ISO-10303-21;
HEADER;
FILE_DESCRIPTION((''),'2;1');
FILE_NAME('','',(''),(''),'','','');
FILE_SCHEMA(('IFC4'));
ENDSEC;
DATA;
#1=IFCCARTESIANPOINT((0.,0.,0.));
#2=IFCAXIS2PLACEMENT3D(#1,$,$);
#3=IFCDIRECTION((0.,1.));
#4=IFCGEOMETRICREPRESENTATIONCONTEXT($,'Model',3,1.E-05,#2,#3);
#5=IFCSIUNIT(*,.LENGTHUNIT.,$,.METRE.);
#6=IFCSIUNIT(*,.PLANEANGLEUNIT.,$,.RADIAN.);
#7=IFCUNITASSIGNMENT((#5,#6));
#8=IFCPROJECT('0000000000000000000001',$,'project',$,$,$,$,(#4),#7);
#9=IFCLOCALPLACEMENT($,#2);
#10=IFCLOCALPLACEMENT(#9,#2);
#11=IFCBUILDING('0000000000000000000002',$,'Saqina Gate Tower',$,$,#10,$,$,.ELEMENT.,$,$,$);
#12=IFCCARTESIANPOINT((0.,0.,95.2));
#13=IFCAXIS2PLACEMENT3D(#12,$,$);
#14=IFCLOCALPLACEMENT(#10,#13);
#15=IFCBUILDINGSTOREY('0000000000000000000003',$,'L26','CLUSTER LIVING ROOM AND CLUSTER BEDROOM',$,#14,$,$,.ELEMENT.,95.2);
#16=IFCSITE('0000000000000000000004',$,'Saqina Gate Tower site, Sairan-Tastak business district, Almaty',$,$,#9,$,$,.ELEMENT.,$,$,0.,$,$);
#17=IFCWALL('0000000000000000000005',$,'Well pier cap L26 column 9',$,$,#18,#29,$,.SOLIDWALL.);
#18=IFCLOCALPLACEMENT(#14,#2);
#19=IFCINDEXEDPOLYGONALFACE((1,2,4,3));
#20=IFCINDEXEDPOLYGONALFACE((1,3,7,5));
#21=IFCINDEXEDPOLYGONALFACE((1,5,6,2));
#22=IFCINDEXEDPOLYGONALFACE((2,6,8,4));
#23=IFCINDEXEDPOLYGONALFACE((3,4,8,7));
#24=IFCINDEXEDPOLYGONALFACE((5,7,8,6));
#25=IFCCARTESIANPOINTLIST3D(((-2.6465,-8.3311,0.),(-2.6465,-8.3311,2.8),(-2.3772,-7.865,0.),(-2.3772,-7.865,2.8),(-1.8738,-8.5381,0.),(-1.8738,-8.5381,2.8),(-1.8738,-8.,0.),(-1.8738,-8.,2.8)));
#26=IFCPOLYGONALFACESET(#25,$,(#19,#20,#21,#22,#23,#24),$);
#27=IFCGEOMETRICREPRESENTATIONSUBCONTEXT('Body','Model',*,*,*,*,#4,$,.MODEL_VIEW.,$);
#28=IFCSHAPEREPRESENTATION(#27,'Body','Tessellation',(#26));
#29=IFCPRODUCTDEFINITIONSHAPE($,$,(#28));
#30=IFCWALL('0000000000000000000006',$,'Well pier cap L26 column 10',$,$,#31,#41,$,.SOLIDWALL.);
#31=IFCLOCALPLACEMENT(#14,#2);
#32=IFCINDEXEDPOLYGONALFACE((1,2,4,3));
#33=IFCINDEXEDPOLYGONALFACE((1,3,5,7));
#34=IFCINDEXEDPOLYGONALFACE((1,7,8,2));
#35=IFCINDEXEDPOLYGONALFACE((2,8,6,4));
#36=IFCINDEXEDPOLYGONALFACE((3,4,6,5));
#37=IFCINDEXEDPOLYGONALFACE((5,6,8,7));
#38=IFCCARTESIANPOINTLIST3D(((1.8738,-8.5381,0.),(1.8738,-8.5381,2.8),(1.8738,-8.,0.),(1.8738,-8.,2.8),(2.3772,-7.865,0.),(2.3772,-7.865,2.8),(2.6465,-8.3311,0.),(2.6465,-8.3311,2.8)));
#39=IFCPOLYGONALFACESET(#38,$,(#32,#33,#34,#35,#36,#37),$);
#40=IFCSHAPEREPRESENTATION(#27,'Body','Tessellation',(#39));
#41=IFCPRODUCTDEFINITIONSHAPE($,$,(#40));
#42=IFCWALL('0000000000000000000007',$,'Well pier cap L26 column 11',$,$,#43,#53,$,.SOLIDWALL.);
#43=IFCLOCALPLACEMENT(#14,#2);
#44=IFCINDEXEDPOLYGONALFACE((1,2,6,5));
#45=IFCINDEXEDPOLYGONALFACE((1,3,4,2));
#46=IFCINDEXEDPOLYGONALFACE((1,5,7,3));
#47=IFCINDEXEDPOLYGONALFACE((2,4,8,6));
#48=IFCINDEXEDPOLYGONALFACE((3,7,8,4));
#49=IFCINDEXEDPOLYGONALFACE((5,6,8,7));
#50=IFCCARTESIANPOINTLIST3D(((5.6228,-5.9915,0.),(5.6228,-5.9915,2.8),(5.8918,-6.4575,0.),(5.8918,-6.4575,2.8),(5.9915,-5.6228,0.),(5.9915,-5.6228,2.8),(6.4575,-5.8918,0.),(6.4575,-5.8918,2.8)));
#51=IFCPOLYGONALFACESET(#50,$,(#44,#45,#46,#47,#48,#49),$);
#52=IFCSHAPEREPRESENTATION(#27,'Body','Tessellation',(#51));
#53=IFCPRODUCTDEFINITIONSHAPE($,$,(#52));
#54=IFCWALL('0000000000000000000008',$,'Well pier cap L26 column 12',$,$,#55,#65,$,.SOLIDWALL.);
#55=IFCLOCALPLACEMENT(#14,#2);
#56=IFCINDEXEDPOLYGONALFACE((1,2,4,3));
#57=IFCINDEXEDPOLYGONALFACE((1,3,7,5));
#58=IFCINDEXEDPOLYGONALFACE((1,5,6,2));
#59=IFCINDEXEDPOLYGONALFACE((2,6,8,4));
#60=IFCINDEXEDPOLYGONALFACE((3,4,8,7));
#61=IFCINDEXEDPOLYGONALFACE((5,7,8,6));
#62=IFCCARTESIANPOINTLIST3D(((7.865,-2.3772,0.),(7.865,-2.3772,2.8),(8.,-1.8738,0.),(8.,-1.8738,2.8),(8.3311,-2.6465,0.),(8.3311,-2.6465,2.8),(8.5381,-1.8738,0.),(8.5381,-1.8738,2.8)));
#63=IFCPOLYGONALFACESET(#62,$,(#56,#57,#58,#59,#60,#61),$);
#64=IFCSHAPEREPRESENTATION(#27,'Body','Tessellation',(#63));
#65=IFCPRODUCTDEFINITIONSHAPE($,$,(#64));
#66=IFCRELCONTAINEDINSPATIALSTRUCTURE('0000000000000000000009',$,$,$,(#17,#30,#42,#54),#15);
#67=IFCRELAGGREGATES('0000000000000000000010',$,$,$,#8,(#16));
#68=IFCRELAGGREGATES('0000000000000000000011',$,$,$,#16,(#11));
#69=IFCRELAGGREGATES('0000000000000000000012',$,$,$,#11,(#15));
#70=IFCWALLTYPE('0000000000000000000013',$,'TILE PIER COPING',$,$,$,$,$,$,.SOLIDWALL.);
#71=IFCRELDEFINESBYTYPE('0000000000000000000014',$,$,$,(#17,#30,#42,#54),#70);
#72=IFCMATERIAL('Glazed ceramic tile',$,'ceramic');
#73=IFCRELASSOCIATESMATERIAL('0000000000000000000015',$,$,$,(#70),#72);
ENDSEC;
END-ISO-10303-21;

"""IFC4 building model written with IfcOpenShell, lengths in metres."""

from ifc_helpers import new_model, si_unit, direction, frame, origin, place, context, subcontext, project, spatial, polyline, outline, extrude, material, type_object, element, save


model = new_model("IFC4")

# Units and contexts
model_context = context("Model", 3, precision=1e-05, world=origin(), true_north=direction((0.0, 1.0)))
body_context = subcontext(model_context, "Body", "Model", "MODEL_VIEW")
ifc_project = project(units=[si_unit("LENGTHUNIT", "METRE"), si_unit("PLANEANGLEUNIT", "RADIAN")], contexts=[model_context])

# Site, building, storey
site_placement = place(None, origin())
site = spatial("IfcSite", under=ifc_project, at=site_placement, Name="Saqina Gate Tower site, Sairan-Tastak business district, Almaty", CompositionType="ELEMENT", RefElevation=0.0)
building_placement = place(site_placement, origin())
building = spatial("IfcBuilding", under=site, at=building_placement, Name="Saqina Gate Tower", CompositionType="ELEMENT")
storey_placement = place(building_placement, frame((0.0, 0.0, 95.2)))
storey = spatial("IfcBuildingStorey", under=building, at=storey_placement, Name="L26", Description="CLUSTER LIVING ROOM AND CLUSTER BEDROOM", CompositionType="ELEMENT", Elevation=95.2)

# Walls
ifc_material_1 = material(Name="Glazed ceramic tile", Category="ceramic")
wall_type_1 = type_object("IfcWallType", Name="TILE PIER COPING", PredefinedType="SOLIDWALL", material=ifc_material_1)
wall_1_placement = place(storey_placement, origin())
element("IfcWall", 1, at=wall_1_placement, inside=storey, type_object=wall_type_1, Name="Well pier cap L26 column 9", PredefinedType="SOLIDWALL", context=body_context, shape_type="SweptSolid", body=[
    extrude(outline(polyline([(-1.8738, -8.5381), (-1.8738, -8.0), (-2.3772, -7.865), (-2.6465, -8.3311), (-1.8738, -8.5381)])), origin(), (0.0, 0.0, 1.0), 2.8),
])
wall_2_placement = place(storey_placement, origin())
element("IfcWall", 2, at=wall_2_placement, inside=storey, type_object=wall_type_1, Name="Well pier cap L26 column 10", PredefinedType="SOLIDWALL", context=body_context, shape_type="SweptSolid", body=[
    extrude(outline(polyline([(2.6465, -8.3311), (2.3772, -7.865), (1.8738, -8.0), (1.8738, -8.5381), (2.6465, -8.3311)])), origin(), (0.0, 0.0, 1.0), 2.8),
])
wall_3_placement = place(storey_placement, origin())
element("IfcWall", 3, at=wall_3_placement, inside=storey, type_object=wall_type_1, Name="Well pier cap L26 column 11", PredefinedType="SOLIDWALL", context=body_context, shape_type="SweptSolid", body=[
    extrude(outline(polyline([(5.8918, -6.4575), (6.4575, -5.8918), (5.9915, -5.6228), (5.6228, -5.9915), (5.8918, -6.4575)])), origin(), (0.0, 0.0, 1.0), 2.8),
])
wall_4_placement = place(storey_placement, origin())
element("IfcWall", 4, at=wall_4_placement, inside=storey, type_object=wall_type_1, Name="Well pier cap L26 column 12", PredefinedType="SOLIDWALL", context=body_context, shape_type="SweptSolid", body=[
    extrude(outline(polyline([(8.5381, -1.8738), (8.0, -1.8738), (7.865, -2.3772), (8.3311, -2.6465), (8.5381, -1.8738)])), origin(), (0.0, 0.0, 1.0), 2.8),
])

save(model, "model.ifc")
